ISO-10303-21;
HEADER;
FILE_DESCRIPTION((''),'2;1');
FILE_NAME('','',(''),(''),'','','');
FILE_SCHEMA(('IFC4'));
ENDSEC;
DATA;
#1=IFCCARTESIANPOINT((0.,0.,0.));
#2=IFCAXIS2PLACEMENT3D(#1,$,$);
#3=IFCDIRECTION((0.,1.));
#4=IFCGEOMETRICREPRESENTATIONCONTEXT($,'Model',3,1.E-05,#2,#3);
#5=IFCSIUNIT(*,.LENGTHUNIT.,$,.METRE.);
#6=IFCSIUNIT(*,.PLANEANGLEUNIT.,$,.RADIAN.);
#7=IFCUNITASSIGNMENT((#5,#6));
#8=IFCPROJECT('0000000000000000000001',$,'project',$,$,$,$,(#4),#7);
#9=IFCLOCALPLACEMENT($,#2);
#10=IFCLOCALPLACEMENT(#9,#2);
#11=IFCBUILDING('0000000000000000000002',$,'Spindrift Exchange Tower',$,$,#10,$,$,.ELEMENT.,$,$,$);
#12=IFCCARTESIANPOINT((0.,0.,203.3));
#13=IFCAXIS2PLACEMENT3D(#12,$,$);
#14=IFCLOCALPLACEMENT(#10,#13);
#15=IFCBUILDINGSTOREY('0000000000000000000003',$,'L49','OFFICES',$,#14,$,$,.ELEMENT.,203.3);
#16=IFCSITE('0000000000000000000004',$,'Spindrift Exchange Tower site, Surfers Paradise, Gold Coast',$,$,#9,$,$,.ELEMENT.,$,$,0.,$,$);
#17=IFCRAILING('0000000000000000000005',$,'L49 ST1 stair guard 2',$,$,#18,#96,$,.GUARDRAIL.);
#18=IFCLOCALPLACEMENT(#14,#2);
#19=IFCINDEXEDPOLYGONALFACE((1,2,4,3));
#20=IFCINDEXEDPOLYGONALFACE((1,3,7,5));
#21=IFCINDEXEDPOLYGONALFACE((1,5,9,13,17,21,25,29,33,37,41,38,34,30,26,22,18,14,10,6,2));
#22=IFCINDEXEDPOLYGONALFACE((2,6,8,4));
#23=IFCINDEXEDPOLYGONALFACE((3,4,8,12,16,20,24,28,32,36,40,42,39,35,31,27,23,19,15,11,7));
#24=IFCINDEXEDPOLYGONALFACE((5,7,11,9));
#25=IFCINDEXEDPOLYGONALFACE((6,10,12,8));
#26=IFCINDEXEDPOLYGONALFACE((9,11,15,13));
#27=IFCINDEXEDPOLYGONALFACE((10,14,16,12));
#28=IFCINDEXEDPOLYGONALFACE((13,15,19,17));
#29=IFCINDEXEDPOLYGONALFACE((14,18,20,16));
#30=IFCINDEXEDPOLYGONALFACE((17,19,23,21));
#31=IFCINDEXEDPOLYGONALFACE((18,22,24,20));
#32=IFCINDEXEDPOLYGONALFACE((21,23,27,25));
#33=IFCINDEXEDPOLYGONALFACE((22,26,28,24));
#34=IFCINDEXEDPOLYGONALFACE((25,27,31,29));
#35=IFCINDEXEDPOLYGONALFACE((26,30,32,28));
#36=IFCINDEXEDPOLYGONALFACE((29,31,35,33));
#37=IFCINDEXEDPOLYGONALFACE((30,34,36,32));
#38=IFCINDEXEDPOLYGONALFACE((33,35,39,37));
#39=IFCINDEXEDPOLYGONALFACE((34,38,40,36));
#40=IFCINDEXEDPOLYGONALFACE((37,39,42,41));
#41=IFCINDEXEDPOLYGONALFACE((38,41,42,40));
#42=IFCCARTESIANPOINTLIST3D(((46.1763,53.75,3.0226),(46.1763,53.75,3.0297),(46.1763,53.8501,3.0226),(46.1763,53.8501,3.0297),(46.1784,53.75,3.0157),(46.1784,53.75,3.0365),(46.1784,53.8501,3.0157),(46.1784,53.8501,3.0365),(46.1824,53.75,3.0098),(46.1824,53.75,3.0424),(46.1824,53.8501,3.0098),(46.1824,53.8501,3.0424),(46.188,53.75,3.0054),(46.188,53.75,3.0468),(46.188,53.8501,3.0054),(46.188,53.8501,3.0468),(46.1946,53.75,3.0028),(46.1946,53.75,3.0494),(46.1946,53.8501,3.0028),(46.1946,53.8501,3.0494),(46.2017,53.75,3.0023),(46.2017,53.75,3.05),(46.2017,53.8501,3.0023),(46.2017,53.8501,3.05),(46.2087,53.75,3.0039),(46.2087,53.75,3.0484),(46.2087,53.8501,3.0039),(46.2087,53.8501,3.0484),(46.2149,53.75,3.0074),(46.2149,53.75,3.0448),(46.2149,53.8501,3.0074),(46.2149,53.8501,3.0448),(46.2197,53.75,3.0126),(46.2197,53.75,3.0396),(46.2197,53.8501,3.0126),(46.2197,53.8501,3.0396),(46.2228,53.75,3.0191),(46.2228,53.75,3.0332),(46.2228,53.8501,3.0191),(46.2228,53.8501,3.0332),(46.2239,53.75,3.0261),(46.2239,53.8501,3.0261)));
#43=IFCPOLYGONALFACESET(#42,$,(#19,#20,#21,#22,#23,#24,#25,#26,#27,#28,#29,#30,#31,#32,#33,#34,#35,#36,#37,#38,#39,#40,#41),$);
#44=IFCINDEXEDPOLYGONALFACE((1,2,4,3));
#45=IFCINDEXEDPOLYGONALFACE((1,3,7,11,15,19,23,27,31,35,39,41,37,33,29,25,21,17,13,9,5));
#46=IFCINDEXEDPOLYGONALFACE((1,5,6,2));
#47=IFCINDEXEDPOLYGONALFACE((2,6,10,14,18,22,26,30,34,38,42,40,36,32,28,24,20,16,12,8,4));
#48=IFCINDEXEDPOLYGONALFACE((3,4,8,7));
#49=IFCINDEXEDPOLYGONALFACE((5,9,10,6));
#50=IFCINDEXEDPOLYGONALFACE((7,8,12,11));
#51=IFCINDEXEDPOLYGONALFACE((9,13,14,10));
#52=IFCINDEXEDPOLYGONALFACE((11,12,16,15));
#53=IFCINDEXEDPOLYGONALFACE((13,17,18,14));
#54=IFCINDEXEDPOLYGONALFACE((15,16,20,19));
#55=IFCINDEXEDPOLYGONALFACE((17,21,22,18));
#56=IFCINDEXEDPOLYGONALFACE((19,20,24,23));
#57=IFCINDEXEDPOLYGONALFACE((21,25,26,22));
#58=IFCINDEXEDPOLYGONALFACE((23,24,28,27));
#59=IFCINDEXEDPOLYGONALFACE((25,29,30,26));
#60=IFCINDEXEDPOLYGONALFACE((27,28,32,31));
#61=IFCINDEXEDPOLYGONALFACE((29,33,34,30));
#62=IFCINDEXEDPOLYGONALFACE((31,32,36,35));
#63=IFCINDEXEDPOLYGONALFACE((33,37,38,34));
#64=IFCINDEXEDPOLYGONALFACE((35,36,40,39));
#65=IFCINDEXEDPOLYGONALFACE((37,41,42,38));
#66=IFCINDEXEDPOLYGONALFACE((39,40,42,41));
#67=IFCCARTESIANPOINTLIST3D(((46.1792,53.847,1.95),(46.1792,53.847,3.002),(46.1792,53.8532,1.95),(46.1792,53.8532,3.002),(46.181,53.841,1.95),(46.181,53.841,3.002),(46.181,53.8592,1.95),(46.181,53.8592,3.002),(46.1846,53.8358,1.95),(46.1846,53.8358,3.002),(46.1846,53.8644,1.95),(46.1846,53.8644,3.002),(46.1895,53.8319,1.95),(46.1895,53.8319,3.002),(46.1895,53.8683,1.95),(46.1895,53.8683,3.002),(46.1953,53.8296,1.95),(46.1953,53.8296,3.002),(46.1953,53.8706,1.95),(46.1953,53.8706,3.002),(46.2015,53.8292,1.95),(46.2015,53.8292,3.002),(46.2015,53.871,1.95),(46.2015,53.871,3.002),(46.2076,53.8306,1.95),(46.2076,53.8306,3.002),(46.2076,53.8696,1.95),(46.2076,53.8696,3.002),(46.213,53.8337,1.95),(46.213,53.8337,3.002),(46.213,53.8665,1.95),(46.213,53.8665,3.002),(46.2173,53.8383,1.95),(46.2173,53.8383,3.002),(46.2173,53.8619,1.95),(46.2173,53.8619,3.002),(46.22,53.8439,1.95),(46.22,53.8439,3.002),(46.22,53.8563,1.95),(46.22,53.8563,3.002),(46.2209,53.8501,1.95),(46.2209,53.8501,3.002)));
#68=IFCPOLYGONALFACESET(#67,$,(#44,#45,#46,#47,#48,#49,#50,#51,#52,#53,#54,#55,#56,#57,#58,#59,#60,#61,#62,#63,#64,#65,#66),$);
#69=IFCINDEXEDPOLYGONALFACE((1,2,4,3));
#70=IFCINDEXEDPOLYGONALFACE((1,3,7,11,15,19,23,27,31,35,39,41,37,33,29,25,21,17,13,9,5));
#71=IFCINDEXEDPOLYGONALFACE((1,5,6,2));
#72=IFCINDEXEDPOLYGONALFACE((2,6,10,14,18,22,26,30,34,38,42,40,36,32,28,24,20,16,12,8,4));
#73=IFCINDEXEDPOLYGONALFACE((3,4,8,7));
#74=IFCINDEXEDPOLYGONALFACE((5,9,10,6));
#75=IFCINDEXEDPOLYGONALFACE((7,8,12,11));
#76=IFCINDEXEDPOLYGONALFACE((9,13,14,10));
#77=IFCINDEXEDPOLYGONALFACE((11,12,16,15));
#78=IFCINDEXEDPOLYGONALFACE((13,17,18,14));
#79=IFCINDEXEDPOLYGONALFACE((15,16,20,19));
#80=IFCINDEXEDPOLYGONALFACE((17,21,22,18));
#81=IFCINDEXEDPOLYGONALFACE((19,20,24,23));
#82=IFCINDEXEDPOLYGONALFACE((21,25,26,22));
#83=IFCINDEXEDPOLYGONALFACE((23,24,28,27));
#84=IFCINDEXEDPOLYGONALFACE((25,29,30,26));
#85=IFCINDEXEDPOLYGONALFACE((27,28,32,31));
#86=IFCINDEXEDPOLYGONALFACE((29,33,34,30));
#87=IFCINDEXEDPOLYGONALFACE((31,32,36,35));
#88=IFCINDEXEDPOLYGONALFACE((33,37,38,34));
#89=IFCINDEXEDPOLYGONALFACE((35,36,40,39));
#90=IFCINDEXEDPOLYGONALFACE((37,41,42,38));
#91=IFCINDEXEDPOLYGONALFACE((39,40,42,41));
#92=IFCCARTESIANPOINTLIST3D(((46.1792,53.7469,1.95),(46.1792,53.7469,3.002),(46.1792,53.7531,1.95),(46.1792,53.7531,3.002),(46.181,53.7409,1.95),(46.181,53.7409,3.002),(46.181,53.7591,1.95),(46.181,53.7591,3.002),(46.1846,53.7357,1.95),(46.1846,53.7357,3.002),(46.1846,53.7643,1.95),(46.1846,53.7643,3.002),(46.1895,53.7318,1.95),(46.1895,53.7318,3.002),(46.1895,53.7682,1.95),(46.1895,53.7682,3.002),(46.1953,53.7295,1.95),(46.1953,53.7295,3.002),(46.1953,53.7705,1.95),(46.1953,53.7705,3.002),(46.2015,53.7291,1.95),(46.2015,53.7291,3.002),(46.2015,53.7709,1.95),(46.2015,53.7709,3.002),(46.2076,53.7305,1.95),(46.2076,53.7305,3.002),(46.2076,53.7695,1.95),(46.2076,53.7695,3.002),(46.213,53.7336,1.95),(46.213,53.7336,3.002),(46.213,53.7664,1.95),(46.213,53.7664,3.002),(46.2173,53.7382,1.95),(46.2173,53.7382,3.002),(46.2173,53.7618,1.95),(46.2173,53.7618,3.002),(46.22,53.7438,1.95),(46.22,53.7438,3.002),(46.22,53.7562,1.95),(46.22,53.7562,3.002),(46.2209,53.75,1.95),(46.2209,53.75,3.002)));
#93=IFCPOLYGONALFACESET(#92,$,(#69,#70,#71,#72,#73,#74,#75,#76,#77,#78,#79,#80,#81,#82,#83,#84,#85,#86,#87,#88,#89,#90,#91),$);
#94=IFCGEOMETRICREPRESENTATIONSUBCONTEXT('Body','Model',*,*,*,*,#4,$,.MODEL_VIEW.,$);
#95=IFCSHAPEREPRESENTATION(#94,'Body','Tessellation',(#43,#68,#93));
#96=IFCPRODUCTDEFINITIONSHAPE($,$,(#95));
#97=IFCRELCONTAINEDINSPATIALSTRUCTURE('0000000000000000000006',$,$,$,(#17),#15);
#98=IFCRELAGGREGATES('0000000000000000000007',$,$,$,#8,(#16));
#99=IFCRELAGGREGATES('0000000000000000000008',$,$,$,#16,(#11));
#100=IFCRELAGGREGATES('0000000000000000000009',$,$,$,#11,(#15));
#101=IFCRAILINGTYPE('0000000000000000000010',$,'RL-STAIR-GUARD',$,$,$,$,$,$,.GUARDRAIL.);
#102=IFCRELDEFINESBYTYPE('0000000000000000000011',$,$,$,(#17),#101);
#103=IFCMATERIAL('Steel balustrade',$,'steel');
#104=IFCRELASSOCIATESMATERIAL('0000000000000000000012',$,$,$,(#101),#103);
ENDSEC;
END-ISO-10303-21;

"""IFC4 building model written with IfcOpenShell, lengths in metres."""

from ifc_helpers import new_model, si_unit, direction, frame, origin, origin_2d, place, context, subcontext, project, spatial, circle, extrude, material, type_object, element, save


model = new_model("IFC4")

# Units and contexts
model_context = context("Model", 3, precision=1e-05, world=origin(), true_north=direction((0.0, 1.0)))
body_context = subcontext(model_context, "Body", "Model", "MODEL_VIEW")
ifc_project = project(units=[si_unit("LENGTHUNIT", "METRE"), si_unit("PLANEANGLEUNIT", "RADIAN")], contexts=[model_context])

# Site, building, storey
site_placement = place(None, origin())
site = spatial("IfcSite", under=ifc_project, at=site_placement, Name="Spindrift Exchange Tower site, Surfers Paradise, Gold Coast", CompositionType="ELEMENT", RefElevation=0.0)
building_placement = place(site_placement, origin())
building = spatial("IfcBuilding", under=site, at=building_placement, Name="Spindrift Exchange Tower", CompositionType="ELEMENT")
storey_placement = place(building_placement, frame((0.0, 0.0, 203.3)))
storey = spatial("IfcBuildingStorey", under=building, at=storey_placement, Name="L49", Description="OFFICES", CompositionType="ELEMENT", Elevation=203.3)

# Railing
ifc_material_1 = material(Name="Steel balustrade", Category="steel")
railing_type_1 = type_object("IfcRailingType", Name="RL-STAIR-GUARD", PredefinedType="GUARDRAIL", material=ifc_material_1)
railing_1_placement = place(storey_placement, frame((46.2, 53.8501, 1.95)))
element("IfcRailing", 1, at=railing_1_placement, inside=storey, type_object=railing_type_1, Name="L49 ST1 stair guard 2", PredefinedType="GUARDRAIL", context=body_context, shape_type="SweptSolid", body=[
    extrude(circle(Radius=0.0239, at=origin_2d()), frame((0.0, 0.0, 1.0762), z_axis=(0.0, -1.0, 0.0), x_axis=(1.0, 0.0, 0.0)), (0.0, 0.0, 1.0), 0.1001),
    extrude(circle(Radius=0.021, at=origin_2d()), origin(), (0.0, 0.0, 1.0), 1.052),
    extrude(circle(Radius=0.021, at=origin_2d()), frame((0.0, -0.1001, 0.0)), (0.0, 0.0, 1.0), 1.052),
])

save(model, "model.ifc")
